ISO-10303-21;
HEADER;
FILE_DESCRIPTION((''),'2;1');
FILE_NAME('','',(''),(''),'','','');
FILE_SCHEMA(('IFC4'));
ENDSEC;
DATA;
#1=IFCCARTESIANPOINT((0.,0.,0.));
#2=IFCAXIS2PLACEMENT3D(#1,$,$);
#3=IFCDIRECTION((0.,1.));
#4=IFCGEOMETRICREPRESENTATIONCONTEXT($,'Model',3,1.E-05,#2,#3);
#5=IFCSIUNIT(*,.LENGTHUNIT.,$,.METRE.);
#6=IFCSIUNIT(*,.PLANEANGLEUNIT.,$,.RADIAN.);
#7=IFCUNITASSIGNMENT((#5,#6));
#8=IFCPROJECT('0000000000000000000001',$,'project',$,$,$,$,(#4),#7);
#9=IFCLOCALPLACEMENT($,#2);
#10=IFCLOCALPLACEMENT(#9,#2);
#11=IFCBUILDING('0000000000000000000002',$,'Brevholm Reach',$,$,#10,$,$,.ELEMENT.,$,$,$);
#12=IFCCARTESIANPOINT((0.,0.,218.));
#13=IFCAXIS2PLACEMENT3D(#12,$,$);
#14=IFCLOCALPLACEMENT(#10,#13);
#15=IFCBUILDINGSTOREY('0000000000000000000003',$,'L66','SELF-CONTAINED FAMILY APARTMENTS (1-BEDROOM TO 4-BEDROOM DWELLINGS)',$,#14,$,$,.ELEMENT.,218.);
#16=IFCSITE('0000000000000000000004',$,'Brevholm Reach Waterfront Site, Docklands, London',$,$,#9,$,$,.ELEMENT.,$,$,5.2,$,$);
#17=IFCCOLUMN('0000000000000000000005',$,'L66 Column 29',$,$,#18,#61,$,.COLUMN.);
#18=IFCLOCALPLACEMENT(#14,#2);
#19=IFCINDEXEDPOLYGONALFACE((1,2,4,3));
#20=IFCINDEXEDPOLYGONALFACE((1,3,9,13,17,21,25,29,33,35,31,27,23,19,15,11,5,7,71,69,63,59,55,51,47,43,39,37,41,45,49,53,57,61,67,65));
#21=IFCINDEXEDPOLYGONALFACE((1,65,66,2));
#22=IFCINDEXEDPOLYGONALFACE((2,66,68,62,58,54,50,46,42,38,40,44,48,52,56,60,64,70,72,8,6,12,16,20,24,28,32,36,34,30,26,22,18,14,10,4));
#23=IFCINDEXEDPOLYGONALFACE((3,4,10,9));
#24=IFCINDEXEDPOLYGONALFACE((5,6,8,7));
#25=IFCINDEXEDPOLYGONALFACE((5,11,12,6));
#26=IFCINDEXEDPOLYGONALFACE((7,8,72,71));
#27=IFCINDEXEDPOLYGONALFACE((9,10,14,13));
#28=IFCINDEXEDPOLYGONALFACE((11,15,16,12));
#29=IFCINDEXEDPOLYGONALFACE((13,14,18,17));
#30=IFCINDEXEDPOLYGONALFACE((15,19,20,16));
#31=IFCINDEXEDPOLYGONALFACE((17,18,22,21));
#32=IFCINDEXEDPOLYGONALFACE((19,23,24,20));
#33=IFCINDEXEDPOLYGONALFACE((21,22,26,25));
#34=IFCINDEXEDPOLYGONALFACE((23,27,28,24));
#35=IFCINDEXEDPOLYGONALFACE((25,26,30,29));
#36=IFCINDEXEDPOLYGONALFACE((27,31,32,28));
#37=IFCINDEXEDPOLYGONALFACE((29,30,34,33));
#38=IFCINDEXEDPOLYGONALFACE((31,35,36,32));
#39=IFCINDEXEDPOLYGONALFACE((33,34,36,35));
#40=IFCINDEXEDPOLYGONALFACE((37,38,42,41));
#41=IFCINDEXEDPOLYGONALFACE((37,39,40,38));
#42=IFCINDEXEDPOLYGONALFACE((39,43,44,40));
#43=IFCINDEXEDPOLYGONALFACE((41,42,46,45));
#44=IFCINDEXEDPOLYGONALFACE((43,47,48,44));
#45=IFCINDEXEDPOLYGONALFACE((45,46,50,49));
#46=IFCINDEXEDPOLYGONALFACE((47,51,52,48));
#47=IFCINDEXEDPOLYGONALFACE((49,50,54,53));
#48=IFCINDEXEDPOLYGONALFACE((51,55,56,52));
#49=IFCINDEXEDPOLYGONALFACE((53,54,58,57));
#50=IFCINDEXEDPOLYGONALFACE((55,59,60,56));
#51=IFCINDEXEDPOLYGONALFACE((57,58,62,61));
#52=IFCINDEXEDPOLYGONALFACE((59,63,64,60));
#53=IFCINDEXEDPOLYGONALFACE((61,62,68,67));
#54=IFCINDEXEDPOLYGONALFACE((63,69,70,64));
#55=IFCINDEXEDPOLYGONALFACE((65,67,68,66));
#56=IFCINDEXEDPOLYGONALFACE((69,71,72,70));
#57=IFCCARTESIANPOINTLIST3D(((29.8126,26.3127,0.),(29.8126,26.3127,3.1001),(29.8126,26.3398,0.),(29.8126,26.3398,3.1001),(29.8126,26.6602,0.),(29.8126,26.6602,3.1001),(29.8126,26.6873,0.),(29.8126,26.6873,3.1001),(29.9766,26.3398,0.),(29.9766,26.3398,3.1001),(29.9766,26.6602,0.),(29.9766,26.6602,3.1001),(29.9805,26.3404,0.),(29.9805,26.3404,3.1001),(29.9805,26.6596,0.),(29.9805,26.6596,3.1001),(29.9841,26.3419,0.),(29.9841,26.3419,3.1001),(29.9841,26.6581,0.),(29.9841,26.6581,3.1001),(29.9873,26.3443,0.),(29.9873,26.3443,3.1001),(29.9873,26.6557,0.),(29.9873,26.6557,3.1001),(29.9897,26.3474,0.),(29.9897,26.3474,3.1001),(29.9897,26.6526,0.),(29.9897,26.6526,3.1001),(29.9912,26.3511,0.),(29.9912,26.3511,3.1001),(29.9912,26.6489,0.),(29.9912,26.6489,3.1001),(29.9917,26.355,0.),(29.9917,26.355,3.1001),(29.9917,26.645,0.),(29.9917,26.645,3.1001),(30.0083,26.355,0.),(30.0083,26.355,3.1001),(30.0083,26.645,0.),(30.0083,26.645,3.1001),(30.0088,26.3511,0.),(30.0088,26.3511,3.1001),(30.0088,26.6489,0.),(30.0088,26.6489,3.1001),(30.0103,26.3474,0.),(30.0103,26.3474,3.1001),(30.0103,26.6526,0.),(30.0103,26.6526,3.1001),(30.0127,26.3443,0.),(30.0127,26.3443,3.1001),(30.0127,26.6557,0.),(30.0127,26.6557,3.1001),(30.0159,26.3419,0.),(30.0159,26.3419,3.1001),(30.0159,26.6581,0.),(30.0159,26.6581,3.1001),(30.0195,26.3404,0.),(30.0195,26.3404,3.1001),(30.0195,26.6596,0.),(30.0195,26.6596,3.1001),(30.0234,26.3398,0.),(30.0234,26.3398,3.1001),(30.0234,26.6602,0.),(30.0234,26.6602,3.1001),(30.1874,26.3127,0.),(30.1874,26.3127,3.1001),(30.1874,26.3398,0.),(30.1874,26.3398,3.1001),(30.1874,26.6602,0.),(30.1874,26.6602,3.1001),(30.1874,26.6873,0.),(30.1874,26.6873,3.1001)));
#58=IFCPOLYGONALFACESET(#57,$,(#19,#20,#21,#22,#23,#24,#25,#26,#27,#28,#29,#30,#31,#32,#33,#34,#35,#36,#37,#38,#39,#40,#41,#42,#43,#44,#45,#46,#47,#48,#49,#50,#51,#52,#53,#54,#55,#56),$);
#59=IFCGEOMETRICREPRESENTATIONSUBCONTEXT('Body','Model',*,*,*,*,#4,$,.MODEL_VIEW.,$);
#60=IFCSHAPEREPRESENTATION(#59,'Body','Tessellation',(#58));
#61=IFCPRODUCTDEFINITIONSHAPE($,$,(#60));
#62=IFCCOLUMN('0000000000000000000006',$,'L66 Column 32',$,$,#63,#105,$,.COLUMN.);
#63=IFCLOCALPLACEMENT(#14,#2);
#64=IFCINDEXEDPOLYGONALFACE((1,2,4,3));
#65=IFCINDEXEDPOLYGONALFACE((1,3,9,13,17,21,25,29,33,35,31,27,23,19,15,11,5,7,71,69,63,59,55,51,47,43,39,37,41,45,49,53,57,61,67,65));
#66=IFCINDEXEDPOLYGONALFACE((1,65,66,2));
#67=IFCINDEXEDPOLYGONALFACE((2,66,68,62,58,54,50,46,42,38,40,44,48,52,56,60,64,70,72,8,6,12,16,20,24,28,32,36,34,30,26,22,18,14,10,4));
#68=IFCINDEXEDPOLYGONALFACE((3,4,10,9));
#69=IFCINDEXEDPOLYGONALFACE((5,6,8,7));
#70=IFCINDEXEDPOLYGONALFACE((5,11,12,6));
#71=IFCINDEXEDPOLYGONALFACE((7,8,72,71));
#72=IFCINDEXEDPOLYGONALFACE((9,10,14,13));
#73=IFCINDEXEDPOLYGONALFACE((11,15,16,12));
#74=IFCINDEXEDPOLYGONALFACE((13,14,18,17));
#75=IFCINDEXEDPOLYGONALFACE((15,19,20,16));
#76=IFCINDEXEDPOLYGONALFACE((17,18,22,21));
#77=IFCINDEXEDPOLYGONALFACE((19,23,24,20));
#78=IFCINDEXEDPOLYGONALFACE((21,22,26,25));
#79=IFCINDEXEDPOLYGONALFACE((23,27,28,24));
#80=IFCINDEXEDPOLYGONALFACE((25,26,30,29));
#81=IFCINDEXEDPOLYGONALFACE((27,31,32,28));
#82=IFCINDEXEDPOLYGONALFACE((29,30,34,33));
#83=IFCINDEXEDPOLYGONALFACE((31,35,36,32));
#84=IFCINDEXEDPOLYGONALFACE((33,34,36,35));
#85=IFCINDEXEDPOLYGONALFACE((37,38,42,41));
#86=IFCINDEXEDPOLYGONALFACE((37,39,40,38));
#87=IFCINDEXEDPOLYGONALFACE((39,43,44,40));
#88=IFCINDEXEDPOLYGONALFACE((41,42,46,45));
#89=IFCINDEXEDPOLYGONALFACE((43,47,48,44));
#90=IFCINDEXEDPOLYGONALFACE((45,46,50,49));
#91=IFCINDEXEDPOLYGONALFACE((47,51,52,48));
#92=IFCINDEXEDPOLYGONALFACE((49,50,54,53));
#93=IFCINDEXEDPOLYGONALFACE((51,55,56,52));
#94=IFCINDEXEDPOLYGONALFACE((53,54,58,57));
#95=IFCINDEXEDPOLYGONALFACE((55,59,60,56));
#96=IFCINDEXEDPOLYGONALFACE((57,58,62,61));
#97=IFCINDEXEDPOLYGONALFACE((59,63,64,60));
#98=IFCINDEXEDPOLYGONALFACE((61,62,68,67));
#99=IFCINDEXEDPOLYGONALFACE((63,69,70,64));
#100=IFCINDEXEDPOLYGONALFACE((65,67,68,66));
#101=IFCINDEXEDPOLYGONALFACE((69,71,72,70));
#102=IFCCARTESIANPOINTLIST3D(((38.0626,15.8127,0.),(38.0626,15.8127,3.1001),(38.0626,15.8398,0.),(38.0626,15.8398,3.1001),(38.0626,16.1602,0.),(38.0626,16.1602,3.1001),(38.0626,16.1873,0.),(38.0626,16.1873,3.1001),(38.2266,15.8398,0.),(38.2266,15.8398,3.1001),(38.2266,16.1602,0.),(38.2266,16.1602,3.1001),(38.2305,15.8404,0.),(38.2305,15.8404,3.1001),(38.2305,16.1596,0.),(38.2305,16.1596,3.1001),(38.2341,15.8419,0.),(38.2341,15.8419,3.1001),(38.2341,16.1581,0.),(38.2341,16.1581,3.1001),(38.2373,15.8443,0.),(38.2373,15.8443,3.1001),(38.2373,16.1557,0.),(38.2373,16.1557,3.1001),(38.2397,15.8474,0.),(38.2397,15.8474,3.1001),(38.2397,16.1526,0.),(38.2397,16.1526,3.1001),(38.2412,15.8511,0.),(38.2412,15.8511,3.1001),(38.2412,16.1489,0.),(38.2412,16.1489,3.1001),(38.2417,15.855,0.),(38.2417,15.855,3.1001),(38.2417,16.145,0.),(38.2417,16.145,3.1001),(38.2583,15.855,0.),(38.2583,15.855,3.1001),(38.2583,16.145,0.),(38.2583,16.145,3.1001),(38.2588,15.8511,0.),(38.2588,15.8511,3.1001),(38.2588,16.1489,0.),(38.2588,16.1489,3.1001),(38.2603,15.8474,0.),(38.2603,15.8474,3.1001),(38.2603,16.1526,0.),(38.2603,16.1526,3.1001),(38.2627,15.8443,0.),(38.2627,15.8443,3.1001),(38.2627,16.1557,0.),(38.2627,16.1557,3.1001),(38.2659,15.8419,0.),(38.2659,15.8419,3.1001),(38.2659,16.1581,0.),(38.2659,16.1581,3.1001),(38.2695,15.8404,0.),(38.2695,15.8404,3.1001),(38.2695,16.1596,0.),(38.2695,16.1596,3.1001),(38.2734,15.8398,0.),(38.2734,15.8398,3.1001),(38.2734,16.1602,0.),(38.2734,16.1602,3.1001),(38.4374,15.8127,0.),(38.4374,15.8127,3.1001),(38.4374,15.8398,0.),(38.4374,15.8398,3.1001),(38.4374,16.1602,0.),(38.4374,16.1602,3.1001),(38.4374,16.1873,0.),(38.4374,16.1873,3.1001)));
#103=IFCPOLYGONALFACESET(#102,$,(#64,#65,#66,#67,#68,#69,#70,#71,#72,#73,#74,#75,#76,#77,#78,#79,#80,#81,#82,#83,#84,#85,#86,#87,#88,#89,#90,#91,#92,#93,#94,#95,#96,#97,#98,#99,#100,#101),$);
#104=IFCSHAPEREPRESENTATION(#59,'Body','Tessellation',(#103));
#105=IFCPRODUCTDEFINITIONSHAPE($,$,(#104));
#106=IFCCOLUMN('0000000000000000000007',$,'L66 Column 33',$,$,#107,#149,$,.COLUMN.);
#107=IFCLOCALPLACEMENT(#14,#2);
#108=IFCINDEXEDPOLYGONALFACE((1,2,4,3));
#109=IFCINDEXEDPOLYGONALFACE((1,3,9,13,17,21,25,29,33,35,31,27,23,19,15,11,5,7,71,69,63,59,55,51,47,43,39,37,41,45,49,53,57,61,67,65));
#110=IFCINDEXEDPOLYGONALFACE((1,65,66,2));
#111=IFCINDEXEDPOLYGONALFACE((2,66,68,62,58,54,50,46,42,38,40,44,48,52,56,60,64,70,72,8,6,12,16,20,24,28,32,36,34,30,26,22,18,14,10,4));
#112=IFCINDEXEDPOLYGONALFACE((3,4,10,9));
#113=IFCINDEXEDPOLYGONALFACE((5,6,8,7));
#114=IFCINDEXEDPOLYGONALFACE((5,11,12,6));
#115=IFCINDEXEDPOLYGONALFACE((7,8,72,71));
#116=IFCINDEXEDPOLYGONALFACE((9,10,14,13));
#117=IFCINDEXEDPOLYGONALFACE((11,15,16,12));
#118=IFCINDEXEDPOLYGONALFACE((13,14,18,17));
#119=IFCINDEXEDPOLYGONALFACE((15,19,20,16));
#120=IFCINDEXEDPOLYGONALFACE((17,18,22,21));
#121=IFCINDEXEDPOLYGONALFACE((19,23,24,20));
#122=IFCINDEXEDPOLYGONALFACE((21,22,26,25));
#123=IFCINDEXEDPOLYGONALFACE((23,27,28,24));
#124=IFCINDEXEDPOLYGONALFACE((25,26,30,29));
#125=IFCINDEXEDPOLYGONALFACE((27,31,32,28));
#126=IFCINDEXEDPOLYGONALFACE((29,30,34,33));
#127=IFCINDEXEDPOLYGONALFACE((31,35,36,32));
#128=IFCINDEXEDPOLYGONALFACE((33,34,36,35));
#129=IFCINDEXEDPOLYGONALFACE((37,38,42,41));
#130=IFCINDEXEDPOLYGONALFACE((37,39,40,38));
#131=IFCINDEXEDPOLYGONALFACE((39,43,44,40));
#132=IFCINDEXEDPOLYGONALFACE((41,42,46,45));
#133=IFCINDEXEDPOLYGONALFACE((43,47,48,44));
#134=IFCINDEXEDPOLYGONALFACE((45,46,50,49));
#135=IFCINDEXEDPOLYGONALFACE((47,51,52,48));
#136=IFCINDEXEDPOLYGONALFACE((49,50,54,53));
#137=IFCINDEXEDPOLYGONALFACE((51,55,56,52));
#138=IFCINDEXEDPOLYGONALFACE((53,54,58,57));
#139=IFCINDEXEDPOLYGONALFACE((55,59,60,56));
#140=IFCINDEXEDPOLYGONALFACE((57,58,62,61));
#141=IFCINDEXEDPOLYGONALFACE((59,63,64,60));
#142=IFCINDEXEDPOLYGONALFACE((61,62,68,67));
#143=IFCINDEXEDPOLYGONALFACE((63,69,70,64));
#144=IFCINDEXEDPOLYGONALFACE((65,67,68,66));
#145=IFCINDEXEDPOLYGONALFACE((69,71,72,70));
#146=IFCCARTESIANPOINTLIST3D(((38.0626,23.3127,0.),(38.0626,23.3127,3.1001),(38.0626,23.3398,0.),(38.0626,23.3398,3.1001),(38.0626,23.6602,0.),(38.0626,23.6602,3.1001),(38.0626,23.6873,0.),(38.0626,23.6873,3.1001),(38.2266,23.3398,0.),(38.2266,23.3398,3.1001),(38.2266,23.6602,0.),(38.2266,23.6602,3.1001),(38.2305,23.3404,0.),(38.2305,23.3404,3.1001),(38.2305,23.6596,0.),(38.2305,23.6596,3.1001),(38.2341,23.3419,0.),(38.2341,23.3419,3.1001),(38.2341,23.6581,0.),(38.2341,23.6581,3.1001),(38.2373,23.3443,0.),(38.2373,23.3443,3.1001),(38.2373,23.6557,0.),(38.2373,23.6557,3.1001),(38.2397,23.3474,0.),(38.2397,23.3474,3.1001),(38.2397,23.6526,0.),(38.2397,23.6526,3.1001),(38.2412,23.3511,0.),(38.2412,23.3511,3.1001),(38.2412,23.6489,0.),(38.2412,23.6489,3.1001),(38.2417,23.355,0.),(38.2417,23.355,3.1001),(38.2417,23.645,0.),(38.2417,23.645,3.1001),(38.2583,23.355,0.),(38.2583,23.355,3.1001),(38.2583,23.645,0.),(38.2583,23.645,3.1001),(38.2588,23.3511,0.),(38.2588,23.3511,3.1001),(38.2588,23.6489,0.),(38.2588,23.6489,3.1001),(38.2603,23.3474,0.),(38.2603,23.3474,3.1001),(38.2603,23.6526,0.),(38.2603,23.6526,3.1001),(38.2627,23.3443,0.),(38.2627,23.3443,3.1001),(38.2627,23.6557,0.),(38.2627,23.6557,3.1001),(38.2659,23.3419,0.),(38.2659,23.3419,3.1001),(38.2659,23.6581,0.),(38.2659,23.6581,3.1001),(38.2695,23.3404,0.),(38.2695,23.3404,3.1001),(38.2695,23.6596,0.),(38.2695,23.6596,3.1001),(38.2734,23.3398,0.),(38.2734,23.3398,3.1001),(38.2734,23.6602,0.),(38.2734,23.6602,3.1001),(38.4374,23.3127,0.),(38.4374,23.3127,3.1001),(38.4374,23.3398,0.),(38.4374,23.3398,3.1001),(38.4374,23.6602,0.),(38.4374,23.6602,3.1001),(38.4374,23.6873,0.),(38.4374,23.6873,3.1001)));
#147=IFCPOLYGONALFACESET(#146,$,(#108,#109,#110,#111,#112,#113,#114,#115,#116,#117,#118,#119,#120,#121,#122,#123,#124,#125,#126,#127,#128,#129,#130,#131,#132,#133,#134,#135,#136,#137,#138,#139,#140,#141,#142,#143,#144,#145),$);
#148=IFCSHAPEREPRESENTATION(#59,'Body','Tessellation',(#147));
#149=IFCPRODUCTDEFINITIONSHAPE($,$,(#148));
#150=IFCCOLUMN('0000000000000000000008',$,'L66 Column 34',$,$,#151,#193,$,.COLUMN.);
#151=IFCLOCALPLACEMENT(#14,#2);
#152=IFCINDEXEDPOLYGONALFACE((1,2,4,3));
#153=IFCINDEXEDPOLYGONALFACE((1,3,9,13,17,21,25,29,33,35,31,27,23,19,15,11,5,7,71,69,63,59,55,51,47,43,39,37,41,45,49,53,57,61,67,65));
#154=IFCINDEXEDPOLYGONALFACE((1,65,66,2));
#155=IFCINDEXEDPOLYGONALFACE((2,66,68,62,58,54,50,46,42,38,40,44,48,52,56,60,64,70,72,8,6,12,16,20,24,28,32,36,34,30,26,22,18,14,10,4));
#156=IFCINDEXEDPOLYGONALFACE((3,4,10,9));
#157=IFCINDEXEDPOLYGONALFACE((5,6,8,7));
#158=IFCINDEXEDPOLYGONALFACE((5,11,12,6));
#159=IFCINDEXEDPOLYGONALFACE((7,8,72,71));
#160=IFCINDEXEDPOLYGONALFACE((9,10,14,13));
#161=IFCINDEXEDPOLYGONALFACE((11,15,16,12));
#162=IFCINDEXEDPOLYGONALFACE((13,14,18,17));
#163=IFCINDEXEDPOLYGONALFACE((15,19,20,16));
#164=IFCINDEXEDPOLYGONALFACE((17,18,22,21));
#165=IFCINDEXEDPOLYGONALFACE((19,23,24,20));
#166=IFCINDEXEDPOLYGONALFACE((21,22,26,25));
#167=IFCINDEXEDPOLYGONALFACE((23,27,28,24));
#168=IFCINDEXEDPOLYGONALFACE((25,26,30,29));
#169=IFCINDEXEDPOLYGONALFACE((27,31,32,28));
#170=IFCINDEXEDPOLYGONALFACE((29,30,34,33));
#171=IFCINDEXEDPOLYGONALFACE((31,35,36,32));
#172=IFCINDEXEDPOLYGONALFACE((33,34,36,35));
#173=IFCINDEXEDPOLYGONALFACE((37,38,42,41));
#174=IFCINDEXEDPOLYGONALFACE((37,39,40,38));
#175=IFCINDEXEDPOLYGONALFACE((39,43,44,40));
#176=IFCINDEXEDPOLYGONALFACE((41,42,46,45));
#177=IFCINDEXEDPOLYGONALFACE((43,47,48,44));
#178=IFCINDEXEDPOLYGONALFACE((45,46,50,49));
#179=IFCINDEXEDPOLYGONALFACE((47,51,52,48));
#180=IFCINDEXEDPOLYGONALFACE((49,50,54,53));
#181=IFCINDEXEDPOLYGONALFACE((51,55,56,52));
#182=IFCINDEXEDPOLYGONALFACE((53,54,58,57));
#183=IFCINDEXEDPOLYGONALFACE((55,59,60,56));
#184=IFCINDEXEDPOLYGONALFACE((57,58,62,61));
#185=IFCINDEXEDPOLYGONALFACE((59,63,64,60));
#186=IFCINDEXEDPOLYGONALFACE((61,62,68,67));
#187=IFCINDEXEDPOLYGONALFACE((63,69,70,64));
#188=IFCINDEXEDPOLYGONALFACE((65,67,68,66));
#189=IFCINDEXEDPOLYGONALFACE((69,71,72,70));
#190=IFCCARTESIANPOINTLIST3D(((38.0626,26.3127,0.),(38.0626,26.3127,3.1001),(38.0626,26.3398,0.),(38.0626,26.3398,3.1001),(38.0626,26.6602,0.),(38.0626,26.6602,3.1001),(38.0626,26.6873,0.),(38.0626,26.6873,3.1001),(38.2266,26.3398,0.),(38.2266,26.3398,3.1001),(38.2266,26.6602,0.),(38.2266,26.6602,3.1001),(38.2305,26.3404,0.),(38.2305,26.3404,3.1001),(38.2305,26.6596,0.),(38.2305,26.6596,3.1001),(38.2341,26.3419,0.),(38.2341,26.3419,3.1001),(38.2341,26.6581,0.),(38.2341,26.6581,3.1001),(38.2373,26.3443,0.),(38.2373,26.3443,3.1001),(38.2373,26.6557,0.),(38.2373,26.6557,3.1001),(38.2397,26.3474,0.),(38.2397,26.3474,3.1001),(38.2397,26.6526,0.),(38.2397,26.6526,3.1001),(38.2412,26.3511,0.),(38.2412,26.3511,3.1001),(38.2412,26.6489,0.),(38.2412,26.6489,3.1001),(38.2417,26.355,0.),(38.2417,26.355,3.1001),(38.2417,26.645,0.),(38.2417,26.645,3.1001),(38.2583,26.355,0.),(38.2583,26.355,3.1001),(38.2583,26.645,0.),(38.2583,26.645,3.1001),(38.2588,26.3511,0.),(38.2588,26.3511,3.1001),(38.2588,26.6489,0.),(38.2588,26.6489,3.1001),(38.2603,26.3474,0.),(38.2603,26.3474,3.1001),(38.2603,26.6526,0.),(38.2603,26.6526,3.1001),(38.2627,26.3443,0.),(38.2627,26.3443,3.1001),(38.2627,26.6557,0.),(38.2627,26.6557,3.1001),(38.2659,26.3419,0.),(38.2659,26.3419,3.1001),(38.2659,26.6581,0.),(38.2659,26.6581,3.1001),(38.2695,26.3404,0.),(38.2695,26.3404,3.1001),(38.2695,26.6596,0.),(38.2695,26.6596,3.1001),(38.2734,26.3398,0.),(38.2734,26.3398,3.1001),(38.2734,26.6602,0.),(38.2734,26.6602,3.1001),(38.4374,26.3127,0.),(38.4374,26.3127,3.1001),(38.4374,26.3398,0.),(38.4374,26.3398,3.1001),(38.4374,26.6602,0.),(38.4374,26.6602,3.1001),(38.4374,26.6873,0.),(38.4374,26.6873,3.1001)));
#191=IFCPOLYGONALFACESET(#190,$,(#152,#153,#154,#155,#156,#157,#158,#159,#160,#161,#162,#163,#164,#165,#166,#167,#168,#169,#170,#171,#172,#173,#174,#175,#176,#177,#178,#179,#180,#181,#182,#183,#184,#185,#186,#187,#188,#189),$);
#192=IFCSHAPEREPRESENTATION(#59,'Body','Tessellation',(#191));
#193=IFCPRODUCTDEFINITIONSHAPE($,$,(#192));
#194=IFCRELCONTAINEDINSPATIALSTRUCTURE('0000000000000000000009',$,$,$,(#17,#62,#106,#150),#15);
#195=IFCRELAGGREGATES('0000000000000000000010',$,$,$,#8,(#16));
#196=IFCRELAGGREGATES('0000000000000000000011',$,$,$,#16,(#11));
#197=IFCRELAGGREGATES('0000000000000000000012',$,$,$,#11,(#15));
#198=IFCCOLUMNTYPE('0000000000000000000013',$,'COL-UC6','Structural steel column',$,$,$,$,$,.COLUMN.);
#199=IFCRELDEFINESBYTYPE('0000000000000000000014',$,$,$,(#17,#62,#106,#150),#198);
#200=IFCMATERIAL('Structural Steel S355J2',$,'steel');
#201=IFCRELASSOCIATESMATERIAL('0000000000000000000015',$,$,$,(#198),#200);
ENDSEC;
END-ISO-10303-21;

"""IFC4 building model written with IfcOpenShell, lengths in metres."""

from ifc_helpers import new_model, si_unit, direction, frame, origin, origin_2d, place, context, subcontext, project, spatial, i_section, extrude, material, material_profile, profile_set, type_object, element, save


model = new_model("IFC4")

# Units and contexts
model_context = context("Model", 3, precision=1e-05, world=origin(), true_north=direction((0.0, 1.0)))
body_context = subcontext(model_context, "Body", "Model", "MODEL_VIEW")
ifc_project = project(units=[si_unit("LENGTHUNIT", "METRE"), si_unit("PLANEANGLEUNIT", "RADIAN")], contexts=[model_context])

# Site, building, storey
site_placement = place(None, origin())
site = spatial("IfcSite", under=ifc_project, at=site_placement, Name="Brevholm Reach Waterfront Site, Docklands, London", CompositionType="ELEMENT", RefElevation=5.2)
building_placement = place(site_placement, origin())
building = spatial("IfcBuilding", under=site, at=building_placement, Name="Brevholm Reach", CompositionType="ELEMENT")
storey_placement = place(building_placement, frame((0.0, 0.0, 218.0)))
storey = spatial("IfcBuildingStorey", under=building, at=storey_placement, Name="L66", Description="SELF-CONTAINED FAMILY APARTMENTS (1-BEDROOM TO 4-BEDROOM DWELLINGS)", CompositionType="ELEMENT", Elevation=218.0)

# Columns
ifc_material_1 = material(Name="Structural Steel S355J2", Category="steel")
ifc_material_profile_1 = material_profile(ifc_material_1, i_section(OverallWidth=0.3748, OverallDepth=0.3745, WebThickness=0.0166, FlangeThickness=0.0271, FilletRadius=0.0151, at=origin_2d()), Name="UKC 356x368x202")
ifc_profile_set_1 = profile_set([ifc_material_profile_1], Name="Structural Steel S355J2")
column_type = type_object("IfcColumnType", Name="COL-UC6", Description="Structural steel column", PredefinedType="COLUMN", material=ifc_profile_set_1)
for number, where, z_axis, x_axis, name in (
    (1, (30.0, 26.5, 0.0), (0.0, 0.0, 1.0), (1.0, 0.0, 0.0), "L66 Column 29"),
    (2, (38.25, 16.0, 0.0), (0.0, 0.0, 1.0), (1.0, 0.0, 0.0), "L66 Column 32"),
    (3, (38.25, 23.5, 0.0), (0.0, 0.0, 1.0), (1.0, 0.0, 0.0), "L66 Column 33"),
    (4, (38.25, 26.5, 0.0), (0.0, 0.0, 1.0), (1.0, 0.0, 0.0), "L66 Column 34"),
):
    element("IfcColumn", number, at=place(storey_placement, frame(where, z_axis=z_axis, x_axis=x_axis)), inside=storey, type_object=column_type, Name=name, PredefinedType="COLUMN", context=body_context, shape_type="SweptSolid", body=[
        extrude(i_section(OverallWidth=0.3748, OverallDepth=0.3745, WebThickness=0.0166, FlangeThickness=0.0271, FilletRadius=0.0151, at=origin_2d()), origin(), (0.0, 0.0, 1.0), 3.1001),
    ])

save(model, "model.ifc")
